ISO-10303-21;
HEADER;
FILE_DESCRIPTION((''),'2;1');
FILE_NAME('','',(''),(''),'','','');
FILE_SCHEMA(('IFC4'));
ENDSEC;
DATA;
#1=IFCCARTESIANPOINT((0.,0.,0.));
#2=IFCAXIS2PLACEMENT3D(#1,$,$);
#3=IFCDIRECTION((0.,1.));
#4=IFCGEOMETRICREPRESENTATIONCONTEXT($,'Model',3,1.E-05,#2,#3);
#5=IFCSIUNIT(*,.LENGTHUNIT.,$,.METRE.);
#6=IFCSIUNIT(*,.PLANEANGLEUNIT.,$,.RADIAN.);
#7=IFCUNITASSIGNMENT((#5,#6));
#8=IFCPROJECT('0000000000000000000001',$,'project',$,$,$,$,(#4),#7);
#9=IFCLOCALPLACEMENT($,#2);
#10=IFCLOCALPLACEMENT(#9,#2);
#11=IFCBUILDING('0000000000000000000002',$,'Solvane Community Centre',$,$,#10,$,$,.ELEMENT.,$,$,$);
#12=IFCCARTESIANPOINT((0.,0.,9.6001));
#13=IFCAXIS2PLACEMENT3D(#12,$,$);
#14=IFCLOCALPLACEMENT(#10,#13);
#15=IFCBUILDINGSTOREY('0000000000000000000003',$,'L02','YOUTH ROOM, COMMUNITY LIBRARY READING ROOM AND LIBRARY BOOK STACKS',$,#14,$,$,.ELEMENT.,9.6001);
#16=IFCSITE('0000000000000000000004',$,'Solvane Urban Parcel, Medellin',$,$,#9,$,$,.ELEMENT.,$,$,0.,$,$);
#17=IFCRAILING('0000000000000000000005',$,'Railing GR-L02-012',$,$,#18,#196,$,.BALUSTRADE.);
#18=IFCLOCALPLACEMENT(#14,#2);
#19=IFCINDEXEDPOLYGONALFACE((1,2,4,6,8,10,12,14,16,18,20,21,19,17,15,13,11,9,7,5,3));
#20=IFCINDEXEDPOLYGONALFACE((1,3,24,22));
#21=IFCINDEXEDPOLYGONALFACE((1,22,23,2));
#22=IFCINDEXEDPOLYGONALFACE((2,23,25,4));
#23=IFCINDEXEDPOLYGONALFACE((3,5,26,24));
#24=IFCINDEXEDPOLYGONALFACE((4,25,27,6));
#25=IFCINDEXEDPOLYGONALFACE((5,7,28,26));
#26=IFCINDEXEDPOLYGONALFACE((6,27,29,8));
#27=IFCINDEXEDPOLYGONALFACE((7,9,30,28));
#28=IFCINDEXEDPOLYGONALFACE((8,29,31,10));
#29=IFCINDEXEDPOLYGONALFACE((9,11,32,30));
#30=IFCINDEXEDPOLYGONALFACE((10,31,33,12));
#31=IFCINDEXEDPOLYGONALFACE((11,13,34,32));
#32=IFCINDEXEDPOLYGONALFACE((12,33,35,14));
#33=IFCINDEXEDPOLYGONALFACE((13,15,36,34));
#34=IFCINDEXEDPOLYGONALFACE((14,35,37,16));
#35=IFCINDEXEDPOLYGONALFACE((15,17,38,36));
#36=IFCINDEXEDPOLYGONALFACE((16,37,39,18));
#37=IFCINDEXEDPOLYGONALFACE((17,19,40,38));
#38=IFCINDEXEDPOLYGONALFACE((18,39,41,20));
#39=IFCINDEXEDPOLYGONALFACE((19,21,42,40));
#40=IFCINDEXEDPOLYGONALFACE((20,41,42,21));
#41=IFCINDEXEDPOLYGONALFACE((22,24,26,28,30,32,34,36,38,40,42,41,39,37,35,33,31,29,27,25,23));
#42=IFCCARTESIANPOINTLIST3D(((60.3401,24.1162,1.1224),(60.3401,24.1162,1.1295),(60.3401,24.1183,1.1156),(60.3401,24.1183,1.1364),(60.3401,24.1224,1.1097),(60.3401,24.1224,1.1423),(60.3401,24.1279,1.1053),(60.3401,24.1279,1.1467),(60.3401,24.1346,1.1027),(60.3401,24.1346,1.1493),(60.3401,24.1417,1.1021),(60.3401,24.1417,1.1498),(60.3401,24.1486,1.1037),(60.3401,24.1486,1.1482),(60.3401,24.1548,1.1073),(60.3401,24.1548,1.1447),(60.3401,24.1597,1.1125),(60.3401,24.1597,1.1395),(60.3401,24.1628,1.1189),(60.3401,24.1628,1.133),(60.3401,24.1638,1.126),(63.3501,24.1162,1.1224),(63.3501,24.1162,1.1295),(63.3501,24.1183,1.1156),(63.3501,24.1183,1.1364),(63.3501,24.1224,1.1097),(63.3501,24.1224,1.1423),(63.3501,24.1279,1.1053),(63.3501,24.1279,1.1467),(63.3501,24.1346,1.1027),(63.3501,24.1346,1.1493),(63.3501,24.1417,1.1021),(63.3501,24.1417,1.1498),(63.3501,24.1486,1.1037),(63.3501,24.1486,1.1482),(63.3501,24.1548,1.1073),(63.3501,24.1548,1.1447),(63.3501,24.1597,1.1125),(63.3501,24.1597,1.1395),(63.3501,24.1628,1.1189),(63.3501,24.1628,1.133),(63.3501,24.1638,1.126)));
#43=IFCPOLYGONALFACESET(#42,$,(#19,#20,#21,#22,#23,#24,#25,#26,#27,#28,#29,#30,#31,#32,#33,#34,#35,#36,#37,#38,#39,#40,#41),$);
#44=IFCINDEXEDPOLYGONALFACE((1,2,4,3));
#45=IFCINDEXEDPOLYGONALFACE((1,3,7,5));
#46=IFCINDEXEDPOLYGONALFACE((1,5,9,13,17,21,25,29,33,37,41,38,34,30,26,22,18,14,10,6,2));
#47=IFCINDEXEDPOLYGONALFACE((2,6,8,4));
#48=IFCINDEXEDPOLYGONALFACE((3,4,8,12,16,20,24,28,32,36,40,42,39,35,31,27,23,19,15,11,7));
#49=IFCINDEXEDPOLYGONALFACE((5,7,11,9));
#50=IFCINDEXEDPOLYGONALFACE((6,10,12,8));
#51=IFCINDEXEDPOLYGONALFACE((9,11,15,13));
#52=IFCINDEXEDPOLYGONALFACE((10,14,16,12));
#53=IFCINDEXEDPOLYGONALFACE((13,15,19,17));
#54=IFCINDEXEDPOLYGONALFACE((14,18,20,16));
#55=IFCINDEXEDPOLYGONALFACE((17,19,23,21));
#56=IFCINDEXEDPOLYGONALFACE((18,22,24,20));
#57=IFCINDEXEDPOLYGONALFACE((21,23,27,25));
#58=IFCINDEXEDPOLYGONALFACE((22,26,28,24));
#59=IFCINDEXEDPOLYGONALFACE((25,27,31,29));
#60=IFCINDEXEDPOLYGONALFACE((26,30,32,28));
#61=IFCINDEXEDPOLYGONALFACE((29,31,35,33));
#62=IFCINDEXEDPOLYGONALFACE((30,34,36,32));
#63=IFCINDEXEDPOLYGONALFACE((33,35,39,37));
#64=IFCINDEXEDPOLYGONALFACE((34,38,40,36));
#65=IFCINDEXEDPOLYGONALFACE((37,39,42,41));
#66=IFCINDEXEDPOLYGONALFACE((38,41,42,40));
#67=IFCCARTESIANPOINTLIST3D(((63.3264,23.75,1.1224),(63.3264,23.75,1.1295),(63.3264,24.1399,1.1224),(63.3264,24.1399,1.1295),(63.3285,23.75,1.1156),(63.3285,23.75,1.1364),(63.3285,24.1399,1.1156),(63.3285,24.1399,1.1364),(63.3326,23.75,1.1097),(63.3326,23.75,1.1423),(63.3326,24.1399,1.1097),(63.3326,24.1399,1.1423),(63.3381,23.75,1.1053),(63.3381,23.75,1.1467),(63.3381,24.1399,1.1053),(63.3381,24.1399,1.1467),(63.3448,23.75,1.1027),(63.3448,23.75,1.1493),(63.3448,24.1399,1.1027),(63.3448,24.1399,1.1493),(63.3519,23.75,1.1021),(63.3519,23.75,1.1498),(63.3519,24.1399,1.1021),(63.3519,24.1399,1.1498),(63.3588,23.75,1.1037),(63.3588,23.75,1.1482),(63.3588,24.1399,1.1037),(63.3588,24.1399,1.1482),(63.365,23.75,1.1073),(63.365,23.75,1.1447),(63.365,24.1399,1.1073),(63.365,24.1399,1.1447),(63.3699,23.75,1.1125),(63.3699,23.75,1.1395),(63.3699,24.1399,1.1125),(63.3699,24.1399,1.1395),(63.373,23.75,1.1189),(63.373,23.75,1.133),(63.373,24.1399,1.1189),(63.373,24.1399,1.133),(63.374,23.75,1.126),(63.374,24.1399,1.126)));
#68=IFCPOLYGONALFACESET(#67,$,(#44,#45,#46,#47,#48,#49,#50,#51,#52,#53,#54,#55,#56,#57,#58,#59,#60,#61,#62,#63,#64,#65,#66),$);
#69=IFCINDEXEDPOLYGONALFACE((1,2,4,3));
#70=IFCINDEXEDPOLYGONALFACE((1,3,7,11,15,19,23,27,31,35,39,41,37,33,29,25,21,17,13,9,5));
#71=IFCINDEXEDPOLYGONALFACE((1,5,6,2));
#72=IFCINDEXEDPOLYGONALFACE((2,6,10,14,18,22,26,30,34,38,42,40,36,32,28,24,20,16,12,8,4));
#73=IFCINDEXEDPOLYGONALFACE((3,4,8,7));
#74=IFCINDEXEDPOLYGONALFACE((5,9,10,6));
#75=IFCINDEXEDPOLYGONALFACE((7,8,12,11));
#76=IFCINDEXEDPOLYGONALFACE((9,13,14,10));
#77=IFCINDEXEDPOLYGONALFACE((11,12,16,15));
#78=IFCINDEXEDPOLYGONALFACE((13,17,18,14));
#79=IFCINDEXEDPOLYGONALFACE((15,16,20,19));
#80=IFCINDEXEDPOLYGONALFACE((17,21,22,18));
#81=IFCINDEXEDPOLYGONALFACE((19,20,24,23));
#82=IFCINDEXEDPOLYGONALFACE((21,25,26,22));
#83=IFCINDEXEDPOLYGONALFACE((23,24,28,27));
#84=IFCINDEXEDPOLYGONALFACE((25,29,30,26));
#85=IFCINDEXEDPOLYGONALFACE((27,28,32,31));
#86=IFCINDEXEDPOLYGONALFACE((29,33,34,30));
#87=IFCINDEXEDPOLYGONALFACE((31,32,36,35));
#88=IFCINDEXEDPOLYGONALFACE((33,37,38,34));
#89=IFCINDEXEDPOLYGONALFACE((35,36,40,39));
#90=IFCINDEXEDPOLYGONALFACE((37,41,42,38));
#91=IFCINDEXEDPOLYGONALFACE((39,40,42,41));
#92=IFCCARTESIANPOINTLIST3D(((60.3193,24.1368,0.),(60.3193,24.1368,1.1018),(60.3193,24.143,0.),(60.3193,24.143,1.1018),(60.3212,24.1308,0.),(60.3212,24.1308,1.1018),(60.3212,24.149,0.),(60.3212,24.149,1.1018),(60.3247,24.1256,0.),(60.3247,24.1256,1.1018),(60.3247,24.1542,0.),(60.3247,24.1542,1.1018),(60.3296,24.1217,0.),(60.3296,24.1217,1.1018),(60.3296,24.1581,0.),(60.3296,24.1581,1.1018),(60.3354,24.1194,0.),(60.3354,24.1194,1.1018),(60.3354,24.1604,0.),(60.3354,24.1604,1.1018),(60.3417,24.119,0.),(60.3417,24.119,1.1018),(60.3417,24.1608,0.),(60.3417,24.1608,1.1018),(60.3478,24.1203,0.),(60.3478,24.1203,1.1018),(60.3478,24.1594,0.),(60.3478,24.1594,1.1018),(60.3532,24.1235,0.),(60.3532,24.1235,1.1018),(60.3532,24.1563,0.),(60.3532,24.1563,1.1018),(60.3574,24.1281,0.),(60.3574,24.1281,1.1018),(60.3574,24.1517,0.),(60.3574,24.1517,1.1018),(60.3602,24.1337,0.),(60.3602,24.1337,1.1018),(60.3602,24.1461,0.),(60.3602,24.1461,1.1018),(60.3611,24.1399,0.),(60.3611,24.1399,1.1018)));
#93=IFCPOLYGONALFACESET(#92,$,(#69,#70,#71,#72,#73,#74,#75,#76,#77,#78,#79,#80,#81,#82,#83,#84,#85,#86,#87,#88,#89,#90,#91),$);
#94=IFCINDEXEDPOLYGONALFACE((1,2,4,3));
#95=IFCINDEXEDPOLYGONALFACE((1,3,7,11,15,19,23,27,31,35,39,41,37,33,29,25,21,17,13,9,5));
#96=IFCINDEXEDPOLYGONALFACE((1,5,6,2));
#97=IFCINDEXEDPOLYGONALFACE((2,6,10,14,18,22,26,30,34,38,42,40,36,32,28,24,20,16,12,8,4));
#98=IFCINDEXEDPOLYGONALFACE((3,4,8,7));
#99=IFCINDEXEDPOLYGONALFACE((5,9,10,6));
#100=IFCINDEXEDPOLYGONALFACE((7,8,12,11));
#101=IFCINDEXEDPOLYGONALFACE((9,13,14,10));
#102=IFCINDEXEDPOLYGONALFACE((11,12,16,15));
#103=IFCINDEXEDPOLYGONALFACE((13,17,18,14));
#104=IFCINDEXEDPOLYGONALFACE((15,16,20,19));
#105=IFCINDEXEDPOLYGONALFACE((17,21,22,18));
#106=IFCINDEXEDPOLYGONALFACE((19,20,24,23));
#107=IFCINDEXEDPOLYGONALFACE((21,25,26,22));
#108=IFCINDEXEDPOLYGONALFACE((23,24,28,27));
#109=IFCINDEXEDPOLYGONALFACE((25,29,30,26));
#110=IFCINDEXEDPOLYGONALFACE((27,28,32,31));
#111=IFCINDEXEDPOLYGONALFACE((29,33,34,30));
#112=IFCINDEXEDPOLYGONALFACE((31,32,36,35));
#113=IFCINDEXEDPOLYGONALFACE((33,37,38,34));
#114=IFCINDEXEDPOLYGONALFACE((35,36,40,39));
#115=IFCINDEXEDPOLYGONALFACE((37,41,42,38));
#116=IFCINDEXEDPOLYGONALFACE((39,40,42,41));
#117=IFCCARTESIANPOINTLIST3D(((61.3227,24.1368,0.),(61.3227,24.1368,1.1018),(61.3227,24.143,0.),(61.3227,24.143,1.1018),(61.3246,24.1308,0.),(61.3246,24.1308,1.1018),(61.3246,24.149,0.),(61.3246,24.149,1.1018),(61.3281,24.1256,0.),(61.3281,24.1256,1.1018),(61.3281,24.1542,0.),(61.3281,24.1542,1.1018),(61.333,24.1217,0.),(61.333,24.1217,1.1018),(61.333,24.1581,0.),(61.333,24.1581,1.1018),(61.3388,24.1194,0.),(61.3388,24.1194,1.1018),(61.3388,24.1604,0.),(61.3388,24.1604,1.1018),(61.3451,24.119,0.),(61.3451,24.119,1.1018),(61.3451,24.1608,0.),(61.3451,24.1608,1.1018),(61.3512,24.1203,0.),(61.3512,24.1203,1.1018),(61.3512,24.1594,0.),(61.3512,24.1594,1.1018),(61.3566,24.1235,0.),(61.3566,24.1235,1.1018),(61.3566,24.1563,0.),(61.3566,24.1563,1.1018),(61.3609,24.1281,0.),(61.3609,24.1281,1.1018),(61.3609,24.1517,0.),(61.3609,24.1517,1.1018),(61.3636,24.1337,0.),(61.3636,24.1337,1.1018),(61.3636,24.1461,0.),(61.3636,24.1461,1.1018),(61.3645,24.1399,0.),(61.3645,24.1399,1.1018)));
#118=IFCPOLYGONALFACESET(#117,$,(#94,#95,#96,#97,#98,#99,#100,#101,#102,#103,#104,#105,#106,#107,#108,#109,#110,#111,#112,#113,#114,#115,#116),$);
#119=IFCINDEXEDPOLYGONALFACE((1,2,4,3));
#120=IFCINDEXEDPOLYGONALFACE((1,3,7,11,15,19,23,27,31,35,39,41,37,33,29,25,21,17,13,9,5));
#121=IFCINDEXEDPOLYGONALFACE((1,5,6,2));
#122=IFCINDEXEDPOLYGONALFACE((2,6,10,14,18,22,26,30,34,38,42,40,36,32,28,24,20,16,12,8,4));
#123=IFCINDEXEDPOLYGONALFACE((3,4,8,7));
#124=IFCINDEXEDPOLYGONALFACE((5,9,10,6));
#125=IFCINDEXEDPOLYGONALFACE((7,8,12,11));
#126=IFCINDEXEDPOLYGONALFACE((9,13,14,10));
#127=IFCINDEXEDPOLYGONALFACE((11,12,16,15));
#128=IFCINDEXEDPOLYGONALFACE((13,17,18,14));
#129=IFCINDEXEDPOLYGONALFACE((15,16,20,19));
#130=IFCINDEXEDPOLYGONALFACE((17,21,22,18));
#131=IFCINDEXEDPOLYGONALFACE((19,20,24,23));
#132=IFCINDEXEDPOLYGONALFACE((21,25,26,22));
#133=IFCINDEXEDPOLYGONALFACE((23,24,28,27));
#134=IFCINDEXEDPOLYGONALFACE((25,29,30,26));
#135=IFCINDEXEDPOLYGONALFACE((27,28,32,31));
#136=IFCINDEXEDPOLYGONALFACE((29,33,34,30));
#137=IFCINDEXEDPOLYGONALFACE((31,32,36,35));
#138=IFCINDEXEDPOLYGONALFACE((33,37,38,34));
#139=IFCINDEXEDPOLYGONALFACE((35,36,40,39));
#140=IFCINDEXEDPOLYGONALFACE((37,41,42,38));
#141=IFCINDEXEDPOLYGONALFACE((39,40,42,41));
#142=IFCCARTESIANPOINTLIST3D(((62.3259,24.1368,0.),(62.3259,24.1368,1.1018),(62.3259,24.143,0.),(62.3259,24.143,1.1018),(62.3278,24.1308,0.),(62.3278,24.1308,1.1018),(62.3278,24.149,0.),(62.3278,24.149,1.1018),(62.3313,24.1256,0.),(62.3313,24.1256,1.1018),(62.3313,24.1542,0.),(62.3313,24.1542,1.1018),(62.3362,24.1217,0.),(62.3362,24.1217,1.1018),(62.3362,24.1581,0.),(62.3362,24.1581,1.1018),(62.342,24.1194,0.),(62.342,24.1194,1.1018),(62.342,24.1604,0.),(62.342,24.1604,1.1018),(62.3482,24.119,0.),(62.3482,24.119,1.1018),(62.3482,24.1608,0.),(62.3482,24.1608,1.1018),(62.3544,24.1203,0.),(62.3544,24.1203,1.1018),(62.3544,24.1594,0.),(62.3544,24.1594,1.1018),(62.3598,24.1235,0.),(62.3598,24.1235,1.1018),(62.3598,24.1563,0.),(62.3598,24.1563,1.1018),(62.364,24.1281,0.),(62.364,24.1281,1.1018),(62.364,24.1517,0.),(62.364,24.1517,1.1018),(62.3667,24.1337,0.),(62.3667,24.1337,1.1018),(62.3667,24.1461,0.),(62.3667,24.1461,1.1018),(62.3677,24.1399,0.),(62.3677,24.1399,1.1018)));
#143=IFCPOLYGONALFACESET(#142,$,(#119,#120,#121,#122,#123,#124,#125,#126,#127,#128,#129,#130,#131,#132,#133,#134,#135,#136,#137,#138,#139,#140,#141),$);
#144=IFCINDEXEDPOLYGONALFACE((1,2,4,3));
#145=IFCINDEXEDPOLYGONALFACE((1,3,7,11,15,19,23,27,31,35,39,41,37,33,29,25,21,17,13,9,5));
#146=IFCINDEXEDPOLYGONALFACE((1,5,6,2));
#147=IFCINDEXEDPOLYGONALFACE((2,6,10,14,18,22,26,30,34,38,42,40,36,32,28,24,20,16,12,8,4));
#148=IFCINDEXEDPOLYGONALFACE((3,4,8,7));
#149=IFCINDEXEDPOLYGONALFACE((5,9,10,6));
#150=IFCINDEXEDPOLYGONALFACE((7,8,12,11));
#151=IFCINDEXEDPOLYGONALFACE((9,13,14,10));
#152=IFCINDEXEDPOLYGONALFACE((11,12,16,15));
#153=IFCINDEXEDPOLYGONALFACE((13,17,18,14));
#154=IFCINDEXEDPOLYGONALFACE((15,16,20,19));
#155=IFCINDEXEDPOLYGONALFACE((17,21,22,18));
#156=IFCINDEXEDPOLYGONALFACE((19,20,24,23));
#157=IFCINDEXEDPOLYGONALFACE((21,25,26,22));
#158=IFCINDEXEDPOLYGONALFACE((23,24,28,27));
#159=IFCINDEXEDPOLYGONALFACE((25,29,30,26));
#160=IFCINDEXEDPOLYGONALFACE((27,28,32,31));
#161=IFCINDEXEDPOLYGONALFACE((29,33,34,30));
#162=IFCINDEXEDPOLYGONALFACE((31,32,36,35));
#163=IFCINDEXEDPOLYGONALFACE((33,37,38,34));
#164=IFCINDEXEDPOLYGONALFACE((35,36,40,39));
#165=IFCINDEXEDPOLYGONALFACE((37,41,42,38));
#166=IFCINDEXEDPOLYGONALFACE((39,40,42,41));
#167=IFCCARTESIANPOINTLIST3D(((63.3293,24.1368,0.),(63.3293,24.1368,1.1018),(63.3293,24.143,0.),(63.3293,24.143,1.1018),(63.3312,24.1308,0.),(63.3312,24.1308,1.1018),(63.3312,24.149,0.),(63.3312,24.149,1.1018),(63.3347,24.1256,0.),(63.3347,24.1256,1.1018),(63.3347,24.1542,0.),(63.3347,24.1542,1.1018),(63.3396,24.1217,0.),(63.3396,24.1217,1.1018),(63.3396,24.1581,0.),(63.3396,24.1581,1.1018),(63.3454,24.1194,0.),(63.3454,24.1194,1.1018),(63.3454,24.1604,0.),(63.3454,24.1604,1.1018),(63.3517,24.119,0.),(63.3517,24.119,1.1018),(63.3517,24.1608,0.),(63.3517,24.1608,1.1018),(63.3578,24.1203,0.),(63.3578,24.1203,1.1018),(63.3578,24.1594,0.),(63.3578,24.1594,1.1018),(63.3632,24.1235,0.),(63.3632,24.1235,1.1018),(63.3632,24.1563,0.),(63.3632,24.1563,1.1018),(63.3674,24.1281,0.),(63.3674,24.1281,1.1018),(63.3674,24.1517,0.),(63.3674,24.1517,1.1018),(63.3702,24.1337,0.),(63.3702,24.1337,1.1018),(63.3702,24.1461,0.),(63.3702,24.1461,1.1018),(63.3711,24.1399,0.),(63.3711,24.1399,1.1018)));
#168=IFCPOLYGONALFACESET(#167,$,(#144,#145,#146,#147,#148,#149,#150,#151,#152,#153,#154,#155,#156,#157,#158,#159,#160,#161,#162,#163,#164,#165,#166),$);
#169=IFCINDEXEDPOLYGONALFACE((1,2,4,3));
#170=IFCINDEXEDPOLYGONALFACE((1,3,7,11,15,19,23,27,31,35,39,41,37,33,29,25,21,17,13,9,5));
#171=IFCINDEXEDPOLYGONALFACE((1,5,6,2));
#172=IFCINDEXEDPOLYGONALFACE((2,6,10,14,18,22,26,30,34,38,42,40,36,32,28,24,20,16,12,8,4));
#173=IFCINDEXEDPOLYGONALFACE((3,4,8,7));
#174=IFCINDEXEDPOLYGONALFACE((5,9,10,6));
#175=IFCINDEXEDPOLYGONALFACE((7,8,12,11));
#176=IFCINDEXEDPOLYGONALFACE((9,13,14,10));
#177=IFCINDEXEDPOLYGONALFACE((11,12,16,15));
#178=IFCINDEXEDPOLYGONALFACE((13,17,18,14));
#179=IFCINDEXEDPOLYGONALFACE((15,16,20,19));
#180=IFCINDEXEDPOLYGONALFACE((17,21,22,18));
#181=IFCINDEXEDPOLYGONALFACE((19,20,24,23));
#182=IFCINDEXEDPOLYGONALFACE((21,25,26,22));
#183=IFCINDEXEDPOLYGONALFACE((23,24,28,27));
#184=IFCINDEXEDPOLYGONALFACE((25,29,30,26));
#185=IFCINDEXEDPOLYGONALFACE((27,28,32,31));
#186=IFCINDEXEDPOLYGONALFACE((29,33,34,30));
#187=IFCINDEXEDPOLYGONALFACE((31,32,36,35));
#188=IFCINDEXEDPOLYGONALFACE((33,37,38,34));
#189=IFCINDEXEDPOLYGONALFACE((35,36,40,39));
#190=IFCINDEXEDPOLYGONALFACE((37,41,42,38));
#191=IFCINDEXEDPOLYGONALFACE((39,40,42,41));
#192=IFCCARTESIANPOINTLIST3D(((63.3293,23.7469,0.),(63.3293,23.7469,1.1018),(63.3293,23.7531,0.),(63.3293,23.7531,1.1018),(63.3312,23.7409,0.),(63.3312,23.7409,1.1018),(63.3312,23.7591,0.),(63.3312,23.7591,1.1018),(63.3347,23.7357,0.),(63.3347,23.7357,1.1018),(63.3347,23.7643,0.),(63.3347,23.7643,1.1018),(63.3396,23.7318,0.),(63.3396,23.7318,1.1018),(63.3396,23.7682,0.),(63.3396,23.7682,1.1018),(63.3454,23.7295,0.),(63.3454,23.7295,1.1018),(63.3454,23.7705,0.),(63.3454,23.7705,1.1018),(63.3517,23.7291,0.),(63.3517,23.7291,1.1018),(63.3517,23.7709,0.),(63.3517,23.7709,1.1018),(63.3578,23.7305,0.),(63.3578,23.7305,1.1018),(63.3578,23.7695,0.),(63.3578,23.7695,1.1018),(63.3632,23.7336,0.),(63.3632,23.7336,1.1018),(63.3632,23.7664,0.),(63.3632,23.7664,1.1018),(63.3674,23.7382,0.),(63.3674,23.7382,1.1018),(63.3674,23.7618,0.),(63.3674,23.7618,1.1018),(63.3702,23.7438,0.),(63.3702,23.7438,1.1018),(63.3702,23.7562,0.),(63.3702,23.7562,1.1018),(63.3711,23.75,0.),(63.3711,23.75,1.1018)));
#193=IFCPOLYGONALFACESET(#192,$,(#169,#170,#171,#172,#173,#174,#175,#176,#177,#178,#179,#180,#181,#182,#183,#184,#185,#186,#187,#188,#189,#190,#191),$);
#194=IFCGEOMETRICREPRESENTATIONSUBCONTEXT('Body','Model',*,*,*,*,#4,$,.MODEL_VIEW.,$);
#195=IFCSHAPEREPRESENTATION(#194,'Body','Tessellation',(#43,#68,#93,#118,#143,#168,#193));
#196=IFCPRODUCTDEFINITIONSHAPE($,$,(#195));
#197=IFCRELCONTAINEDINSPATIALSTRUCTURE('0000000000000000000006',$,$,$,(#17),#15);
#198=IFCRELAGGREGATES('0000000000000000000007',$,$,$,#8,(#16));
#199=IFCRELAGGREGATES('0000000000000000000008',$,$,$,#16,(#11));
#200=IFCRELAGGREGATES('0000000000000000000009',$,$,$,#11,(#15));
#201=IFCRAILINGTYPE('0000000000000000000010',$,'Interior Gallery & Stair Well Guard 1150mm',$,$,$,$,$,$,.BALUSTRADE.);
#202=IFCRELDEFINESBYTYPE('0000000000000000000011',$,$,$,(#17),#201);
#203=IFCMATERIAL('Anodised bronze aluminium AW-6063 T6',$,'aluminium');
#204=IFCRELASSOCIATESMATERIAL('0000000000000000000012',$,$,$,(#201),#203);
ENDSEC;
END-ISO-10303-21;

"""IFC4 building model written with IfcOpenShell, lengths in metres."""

from ifc_helpers import new_model, si_unit, direction, frame, origin, origin_2d, place, context, subcontext, project, spatial, circle, extrude, material, type_object, element, save


model = new_model("IFC4")

# Units and contexts
model_context = context("Model", 3, precision=1e-05, world=origin(), true_north=direction((0.0, 1.0)))
body_context = subcontext(model_context, "Body", "Model", "MODEL_VIEW")
ifc_project = project(units=[si_unit("LENGTHUNIT", "METRE"), si_unit("PLANEANGLEUNIT", "RADIAN")], contexts=[model_context])

# Site, building, storey
site_placement = place(None, origin())
site = spatial("IfcSite", under=ifc_project, at=site_placement, Name="Solvane Urban Parcel, Medellin", CompositionType="ELEMENT", RefElevation=0.0)
building_placement = place(site_placement, origin())
building = spatial("IfcBuilding", under=site, at=building_placement, Name="Solvane Community Centre", CompositionType="ELEMENT")
storey_placement = place(building_placement, frame((0.0, 0.0, 9.6001)))
storey = spatial("IfcBuildingStorey", under=building, at=storey_placement, Name="L02", Description="YOUTH ROOM, COMMUNITY LIBRARY READING ROOM AND LIBRARY BOOK STACKS", CompositionType="ELEMENT", Elevation=9.6001)

# Shared definitions
ifc_material_1 = material(Name="Anodised bronze aluminium AW-6063 T6", Category="aluminium")

# Railing
railing_type_1 = type_object("IfcRailingType", Name="Interior Gallery & Stair Well Guard 1150mm", PredefinedType="BALUSTRADE", material=ifc_material_1)
railing_1_placement = place(storey_placement, frame((60.3401, 24.1399, 0.0)))
element("IfcRailing", 1, at=railing_1_placement, inside=storey, type_object=railing_type_1, Name="Railing GR-L02-012", PredefinedType="BALUSTRADE", context=body_context, shape_type="SweptSolid", body=[
    extrude(circle(Radius=0.0239, at=origin_2d()), frame((0.0, 0.0, 1.126), z_axis=(1.0, 0.0, 0.0), x_axis=(0.0, 1.0, 0.0)), (0.0, 0.0, 1.0), 3.01),
    extrude(circle(Radius=0.0239, at=origin_2d()), frame((3.01, 0.0, 1.126), z_axis=(0.0, -1.0, 0.0), x_axis=(1.0, 0.0, 0.0)), (0.0, 0.0, 1.0), 0.3899),
    extrude(circle(Radius=0.021, at=origin_2d()), origin(), (0.0, 0.0, 1.0), 1.1018),
    extrude(circle(Radius=0.021, at=origin_2d()), frame((1.0034, 0.0, 0.0)), (0.0, 0.0, 1.0), 1.1018),
    extrude(circle(Radius=0.021, at=origin_2d()), frame((2.0066, 0.0, 0.0)), (0.0, 0.0, 1.0), 1.1018),
    extrude(circle(Radius=0.021, at=origin_2d()), frame((3.01, 0.0, 0.0)), (0.0, 0.0, 1.0), 1.1018),
    extrude(circle(Radius=0.021, at=origin_2d()), frame((3.01, -0.3899, 0.0)), (0.0, 0.0, 1.0), 1.1018),
])

save(model, "model.ifc")
